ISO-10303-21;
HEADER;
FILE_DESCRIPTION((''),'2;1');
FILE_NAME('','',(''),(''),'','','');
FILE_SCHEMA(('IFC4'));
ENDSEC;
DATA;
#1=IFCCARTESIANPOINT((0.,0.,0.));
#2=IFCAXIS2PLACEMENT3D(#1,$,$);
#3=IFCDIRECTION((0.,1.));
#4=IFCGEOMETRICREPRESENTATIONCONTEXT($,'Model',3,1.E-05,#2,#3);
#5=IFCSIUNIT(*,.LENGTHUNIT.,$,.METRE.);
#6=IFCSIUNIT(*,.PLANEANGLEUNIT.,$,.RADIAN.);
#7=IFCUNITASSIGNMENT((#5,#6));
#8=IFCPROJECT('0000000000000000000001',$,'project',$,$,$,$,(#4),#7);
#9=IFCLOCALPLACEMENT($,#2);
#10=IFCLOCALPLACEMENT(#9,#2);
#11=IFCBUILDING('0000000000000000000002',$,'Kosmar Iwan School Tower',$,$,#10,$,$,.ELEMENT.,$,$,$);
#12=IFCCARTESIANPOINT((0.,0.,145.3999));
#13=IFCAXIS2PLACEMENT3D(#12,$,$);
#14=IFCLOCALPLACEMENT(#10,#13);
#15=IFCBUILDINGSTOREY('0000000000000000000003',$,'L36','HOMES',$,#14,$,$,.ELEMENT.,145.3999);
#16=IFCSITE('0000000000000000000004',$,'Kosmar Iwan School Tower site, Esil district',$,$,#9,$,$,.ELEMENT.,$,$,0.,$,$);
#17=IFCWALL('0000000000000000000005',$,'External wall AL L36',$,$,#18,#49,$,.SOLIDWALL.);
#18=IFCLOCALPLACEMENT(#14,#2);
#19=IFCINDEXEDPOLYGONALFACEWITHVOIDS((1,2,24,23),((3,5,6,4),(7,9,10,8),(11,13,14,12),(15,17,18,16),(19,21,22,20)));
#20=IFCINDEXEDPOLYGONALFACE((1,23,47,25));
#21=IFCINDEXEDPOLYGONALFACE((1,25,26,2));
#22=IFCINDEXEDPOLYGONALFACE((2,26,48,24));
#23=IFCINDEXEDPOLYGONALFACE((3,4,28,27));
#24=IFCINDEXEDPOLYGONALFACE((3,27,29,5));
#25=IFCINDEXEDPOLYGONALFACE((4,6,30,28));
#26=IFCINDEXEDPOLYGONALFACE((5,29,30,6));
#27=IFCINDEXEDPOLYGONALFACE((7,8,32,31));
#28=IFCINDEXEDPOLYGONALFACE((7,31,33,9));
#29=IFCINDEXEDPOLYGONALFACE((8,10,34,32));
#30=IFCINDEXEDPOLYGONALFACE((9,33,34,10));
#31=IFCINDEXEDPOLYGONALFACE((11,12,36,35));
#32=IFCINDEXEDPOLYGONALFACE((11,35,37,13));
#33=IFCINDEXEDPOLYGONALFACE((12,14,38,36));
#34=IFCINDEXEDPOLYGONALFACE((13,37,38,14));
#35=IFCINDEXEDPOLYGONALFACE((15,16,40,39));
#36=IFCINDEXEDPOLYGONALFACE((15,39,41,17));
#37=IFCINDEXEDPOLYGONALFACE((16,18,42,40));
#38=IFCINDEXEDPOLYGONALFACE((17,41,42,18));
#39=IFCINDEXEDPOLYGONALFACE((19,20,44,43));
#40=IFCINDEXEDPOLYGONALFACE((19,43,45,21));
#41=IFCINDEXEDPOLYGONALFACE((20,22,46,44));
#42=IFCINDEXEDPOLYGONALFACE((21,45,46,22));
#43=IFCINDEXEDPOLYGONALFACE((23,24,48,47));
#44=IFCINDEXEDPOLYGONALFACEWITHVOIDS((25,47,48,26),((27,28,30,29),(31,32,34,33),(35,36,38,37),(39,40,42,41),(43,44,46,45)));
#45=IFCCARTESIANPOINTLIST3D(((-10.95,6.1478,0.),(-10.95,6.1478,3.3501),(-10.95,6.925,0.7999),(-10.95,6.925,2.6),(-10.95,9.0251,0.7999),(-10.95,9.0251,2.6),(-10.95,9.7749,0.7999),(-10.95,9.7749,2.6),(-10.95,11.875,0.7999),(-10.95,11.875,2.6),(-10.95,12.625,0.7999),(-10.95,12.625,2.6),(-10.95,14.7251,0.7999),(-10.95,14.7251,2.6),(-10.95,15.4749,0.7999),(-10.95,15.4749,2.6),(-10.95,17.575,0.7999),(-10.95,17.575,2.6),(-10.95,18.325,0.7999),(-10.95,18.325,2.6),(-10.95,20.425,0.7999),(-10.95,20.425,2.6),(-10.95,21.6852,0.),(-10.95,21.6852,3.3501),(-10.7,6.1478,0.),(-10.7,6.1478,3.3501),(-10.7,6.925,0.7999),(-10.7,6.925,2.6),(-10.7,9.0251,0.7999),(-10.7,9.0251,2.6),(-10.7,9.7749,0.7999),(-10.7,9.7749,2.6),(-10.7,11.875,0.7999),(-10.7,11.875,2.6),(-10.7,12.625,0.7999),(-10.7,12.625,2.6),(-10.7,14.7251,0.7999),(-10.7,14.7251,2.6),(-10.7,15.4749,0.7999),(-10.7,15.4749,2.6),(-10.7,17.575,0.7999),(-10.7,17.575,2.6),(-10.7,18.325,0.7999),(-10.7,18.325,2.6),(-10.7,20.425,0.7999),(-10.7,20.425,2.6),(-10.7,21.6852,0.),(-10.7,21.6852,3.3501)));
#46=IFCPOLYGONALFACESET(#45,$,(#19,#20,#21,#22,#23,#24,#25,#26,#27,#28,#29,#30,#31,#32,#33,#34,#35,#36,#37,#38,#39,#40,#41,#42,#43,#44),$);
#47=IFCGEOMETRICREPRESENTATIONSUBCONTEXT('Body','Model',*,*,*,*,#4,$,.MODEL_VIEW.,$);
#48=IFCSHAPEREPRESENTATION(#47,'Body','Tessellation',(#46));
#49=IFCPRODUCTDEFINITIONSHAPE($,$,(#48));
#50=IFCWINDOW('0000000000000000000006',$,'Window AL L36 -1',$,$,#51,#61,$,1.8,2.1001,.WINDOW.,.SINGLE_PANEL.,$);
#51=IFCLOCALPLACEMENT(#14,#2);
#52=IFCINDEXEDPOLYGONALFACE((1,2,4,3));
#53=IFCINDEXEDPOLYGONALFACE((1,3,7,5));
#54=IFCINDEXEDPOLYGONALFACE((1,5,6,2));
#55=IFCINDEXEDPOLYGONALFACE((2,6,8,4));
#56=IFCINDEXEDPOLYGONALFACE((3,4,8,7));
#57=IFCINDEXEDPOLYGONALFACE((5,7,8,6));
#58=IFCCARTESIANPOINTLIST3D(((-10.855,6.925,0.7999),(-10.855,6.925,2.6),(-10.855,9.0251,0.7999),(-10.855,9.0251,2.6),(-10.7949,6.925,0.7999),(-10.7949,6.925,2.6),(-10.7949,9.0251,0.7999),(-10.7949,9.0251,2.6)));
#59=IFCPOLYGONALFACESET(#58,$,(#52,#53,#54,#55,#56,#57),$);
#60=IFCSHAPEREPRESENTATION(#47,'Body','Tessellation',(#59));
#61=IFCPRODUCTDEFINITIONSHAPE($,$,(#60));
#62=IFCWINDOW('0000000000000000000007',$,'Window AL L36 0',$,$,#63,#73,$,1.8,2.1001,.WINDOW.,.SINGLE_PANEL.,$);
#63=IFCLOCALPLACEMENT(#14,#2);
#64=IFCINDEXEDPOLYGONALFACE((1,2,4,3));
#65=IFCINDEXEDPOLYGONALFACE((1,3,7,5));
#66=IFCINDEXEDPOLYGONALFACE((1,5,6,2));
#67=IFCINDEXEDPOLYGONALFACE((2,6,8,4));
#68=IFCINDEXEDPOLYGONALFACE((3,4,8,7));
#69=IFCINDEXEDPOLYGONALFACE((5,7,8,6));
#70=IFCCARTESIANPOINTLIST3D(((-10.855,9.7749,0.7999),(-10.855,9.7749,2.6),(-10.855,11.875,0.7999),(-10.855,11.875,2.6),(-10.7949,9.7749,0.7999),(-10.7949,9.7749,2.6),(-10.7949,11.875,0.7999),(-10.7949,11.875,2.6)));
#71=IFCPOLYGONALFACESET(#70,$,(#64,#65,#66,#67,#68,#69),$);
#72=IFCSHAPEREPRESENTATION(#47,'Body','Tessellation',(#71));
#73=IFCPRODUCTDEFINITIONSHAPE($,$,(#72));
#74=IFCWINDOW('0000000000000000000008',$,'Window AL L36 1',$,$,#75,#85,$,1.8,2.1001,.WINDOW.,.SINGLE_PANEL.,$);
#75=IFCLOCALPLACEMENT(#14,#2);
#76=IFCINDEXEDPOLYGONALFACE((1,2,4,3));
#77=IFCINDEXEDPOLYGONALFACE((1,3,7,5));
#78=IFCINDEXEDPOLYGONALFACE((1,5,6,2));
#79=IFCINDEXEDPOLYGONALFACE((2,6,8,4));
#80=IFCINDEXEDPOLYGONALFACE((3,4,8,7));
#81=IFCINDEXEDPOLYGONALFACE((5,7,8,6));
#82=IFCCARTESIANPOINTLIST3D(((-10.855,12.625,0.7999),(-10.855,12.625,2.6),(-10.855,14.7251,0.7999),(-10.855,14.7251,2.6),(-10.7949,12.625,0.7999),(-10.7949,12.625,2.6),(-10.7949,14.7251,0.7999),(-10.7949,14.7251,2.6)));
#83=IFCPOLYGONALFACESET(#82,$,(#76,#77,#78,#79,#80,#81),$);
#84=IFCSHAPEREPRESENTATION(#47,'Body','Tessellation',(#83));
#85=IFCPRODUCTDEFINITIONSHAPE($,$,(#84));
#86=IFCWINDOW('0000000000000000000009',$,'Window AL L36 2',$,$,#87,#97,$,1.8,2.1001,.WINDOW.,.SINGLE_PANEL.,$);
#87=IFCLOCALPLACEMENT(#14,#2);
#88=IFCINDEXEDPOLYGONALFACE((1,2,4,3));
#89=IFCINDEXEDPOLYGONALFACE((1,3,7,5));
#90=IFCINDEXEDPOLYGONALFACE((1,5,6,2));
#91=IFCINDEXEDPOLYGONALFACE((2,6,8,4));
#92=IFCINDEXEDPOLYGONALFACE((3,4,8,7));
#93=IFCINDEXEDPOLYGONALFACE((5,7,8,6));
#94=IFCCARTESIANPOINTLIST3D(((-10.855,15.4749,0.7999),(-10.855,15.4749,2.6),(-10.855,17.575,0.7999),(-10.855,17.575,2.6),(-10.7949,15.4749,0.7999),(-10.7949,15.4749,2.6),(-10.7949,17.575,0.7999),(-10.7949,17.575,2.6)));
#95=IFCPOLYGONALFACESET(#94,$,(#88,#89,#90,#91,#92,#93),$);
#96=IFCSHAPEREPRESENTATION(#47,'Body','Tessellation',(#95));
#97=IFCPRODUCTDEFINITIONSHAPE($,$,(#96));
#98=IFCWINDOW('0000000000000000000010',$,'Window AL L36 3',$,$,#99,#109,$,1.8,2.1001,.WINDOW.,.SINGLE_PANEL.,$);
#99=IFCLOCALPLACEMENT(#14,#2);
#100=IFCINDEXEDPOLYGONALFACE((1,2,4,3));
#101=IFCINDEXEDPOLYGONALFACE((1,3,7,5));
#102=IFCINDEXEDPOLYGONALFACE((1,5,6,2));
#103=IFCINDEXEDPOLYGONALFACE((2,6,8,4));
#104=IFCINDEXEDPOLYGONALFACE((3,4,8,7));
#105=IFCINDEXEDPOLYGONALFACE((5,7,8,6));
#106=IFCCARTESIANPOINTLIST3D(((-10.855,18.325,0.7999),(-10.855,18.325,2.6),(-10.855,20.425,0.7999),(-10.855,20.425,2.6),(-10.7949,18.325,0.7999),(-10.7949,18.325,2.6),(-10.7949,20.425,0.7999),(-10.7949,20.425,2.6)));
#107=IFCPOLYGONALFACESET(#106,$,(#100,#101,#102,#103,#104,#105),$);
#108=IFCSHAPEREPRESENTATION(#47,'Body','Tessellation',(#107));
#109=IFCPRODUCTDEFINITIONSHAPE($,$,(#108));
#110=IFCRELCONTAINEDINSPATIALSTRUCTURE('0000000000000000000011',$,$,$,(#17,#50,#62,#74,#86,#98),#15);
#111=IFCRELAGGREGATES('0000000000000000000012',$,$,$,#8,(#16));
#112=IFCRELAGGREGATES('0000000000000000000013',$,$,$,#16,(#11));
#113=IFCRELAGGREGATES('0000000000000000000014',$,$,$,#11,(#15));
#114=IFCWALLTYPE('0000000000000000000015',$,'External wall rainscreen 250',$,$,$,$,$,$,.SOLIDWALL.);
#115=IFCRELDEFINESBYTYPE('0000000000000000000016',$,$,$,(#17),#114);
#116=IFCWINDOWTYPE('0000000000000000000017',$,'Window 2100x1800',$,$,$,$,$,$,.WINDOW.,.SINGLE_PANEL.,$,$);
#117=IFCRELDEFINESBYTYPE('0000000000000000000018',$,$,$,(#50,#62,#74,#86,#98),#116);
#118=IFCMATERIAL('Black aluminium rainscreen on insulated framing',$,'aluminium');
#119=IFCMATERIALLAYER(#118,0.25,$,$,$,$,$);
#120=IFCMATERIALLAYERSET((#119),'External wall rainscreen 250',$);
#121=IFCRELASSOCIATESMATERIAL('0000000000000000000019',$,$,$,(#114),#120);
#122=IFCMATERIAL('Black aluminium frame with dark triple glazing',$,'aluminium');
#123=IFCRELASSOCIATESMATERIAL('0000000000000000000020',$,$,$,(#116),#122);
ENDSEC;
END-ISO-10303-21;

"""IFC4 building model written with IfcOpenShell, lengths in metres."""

from ifc_helpers import new_model, si_unit, direction, frame, frame_2d, origin, place, context, subcontext, project, spatial, rectangle, extrude, material, layer, layer_set, type_object, element, fill, save


model = new_model("IFC4")

# Units and contexts
model_context = context("Model", 3, precision=1e-05, world=origin(), true_north=direction((0.0, 1.0)))
body_context = subcontext(model_context, "Body", "Model", "MODEL_VIEW")
ifc_project = project(units=[si_unit("LENGTHUNIT", "METRE"), si_unit("PLANEANGLEUNIT", "RADIAN")], contexts=[model_context])

# Site, building, storey
site_placement = place(None, origin())
site = spatial("IfcSite", under=ifc_project, at=site_placement, Name="Kosmar Iwan School Tower site, Esil district", CompositionType="ELEMENT", RefElevation=0.0)
building_placement = place(site_placement, origin())
building = spatial("IfcBuilding", under=site, at=building_placement, Name="Kosmar Iwan School Tower", CompositionType="ELEMENT")
storey_placement = place(building_placement, frame((0.0, 0.0, 145.3999)))
storey = spatial("IfcBuildingStorey", under=building, at=storey_placement, Name="L36", Description="HOMES", CompositionType="ELEMENT", Elevation=145.3999)

# Wall, openings, windows
ifc_material_1 = material(Name="Black aluminium rainscreen on insulated framing", Category="aluminium")
ifc_layer_1 = layer(ifc_material_1, 0.25)
ifc_layer_set_1 = layer_set([ifc_layer_1], Name="External wall rainscreen 250")
wall_type_1 = type_object("IfcWallType", Name="External wall rainscreen 250", PredefinedType="SOLIDWALL", material=ifc_layer_set_1)
wall_1_placement = place(storey_placement, frame((-10.825, 6.1479, 0.0), z_axis=(0.0, 0.0, 1.0), x_axis=(0.0, 1.0, 0.0)))
wall_1 = element("IfcWall", 1, at=wall_1_placement, inside=storey, type_object=wall_type_1, Name="External wall AL L36", PredefinedType="SOLIDWALL", context=body_context, shape_type="SweptSolid", body=[
    extrude(rectangle(XDim=15.5374, YDim=0.25, at=frame_2d((7.7686, 0.0))), origin(), (0.0, 0.0, 1.0), 3.3501),
])
opening_1_placement = place(wall_1_placement, frame((0.7771, 0.0, 0.8)))
opening_1 = element("IfcOpeningElement", 2, at=opening_1_placement, cuts=wall_1, PredefinedType="OPENING", context=body_context, shape_type="SweptSolid", body=[
    extrude(rectangle(XDim=2.1001, YDim=1.8, at=frame_2d((1.05, 0.8999))), frame((0.0, 0.137, 0.0), z_axis=(0.0, -1.0, 0.0), x_axis=(1.0, 0.0, 0.0)), (0.0, 0.0, 1.0), 0.2739),
])
opening_2_placement = place(wall_1_placement, frame((3.627, 0.0, 0.8)))
opening_2 = element("IfcOpeningElement", 3, at=opening_2_placement, cuts=wall_1, PredefinedType="OPENING", context=body_context, shape_type="SweptSolid", body=[
    extrude(rectangle(XDim=2.1001, YDim=1.8, at=frame_2d((1.05, 0.8999))), frame((0.0, 0.137, 0.0), z_axis=(0.0, -1.0, 0.0), x_axis=(1.0, 0.0, 0.0)), (0.0, 0.0, 1.0), 0.2739),
])
opening_3_placement = place(wall_1_placement, frame((6.4771, 0.0, 0.8)))
opening_3 = element("IfcOpeningElement", 4, at=opening_3_placement, cuts=wall_1, PredefinedType="OPENING", context=body_context, shape_type="SweptSolid", body=[
    extrude(rectangle(XDim=2.1001, YDim=1.8, at=frame_2d((1.05, 0.8999))), frame((0.0, 0.137, 0.0), z_axis=(0.0, -1.0, 0.0), x_axis=(1.0, 0.0, 0.0)), (0.0, 0.0, 1.0), 0.2739),
])
opening_4_placement = place(wall_1_placement, frame((9.3269, 0.0, 0.8)))
opening_4 = element("IfcOpeningElement", 5, at=opening_4_placement, cuts=wall_1, PredefinedType="OPENING", context=body_context, shape_type="SweptSolid", body=[
    extrude(rectangle(XDim=2.1001, YDim=1.8, at=frame_2d((1.05, 0.8999))), frame((0.0, 0.137, 0.0), z_axis=(0.0, -1.0, 0.0), x_axis=(1.0, 0.0, 0.0)), (0.0, 0.0, 1.0), 0.2739),
])
opening_5_placement = place(wall_1_placement, frame((12.177, 0.0, 0.8)))
opening_5 = element("IfcOpeningElement", 6, at=opening_5_placement, cuts=wall_1, PredefinedType="OPENING", context=body_context, shape_type="SweptSolid", body=[
    extrude(rectangle(XDim=2.1001, YDim=1.8, at=frame_2d((1.05, 0.8999))), frame((0.0, 0.137, 0.0), z_axis=(0.0, -1.0, 0.0), x_axis=(1.0, 0.0, 0.0)), (0.0, 0.0, 1.0), 0.2739),
])
ifc_material_2 = material(Name="Black aluminium frame with dark triple glazing", Category="aluminium")
window_type = type_object("IfcWindowType", Name="Window 2100x1800", PartitioningType="SINGLE_PANEL", PredefinedType="WINDOW", material=ifc_material_2)
window_1_placement = place(opening_1_placement, origin())
window_1 = element("IfcWindow", 7, at=window_1_placement, inside=storey, type_object=window_type, Name="Window AL L36 -1", OverallHeight=1.8, OverallWidth=2.1001, PartitioningType="SINGLE_PANEL", PredefinedType="WINDOW", context=body_context, shape_type="SweptSolid", body=[
    extrude(rectangle(XDim=2.1001, YDim=1.8, at=frame_2d((1.05, 0.8999))), frame((0.0, 0.03, 0.0), z_axis=(0.0, -1.0, 0.0), x_axis=(1.0, 0.0, 0.0)), (0.0, 0.0, 1.0), 0.0601),
])
fill(opening_1, window_1)
window_2_placement = place(opening_2_placement, origin())
window_2 = element("IfcWindow", 8, at=window_2_placement, inside=storey, type_object=window_type, Name="Window AL L36 0", OverallHeight=1.8, OverallWidth=2.1001, PartitioningType="SINGLE_PANEL", PredefinedType="WINDOW", context=body_context, shape_type="SweptSolid", body=[
    extrude(rectangle(XDim=2.1001, YDim=1.8, at=frame_2d((1.05, 0.8999))), frame((0.0, 0.03, 0.0), z_axis=(0.0, -1.0, 0.0), x_axis=(1.0, 0.0, 0.0)), (0.0, 0.0, 1.0), 0.0601),
])
fill(opening_2, window_2)
window_3_placement = place(opening_3_placement, origin())
window_3 = element("IfcWindow", 9, at=window_3_placement, inside=storey, type_object=window_type, Name="Window AL L36 1", OverallHeight=1.8, OverallWidth=2.1001, PartitioningType="SINGLE_PANEL", PredefinedType="WINDOW", context=body_context, shape_type="SweptSolid", body=[
    extrude(rectangle(XDim=2.1001, YDim=1.8, at=frame_2d((1.05, 0.8999))), frame((0.0, 0.03, 0.0), z_axis=(0.0, -1.0, 0.0), x_axis=(1.0, 0.0, 0.0)), (0.0, 0.0, 1.0), 0.0601),
])
fill(opening_3, window_3)
window_4_placement = place(opening_4_placement, origin())
window_4 = element("IfcWindow", 10, at=window_4_placement, inside=storey, type_object=window_type, Name="Window AL L36 2", OverallHeight=1.8, OverallWidth=2.1001, PartitioningType="SINGLE_PANEL", PredefinedType="WINDOW", context=body_context, shape_type="SweptSolid", body=[
    extrude(rectangle(XDim=2.1001, YDim=1.8, at=frame_2d((1.05, 0.8999))), frame((0.0, 0.03, 0.0), z_axis=(0.0, -1.0, 0.0), x_axis=(1.0, 0.0, 0.0)), (0.0, 0.0, 1.0), 0.0601),
])
fill(opening_4, window_4)
window_5_placement = place(opening_5_placement, origin())
window_5 = element("IfcWindow", 11, at=window_5_placement, inside=storey, type_object=window_type, Name="Window AL L36 3", OverallHeight=1.8, OverallWidth=2.1001, PartitioningType="SINGLE_PANEL", PredefinedType="WINDOW", context=body_context, shape_type="SweptSolid", body=[
    extrude(rectangle(XDim=2.1001, YDim=1.8, at=frame_2d((1.05, 0.8999))), frame((0.0, 0.03, 0.0), z_axis=(0.0, -1.0, 0.0), x_axis=(1.0, 0.0, 0.0)), (0.0, 0.0, 1.0), 0.0601),
])
fill(opening_5, window_5)

save(model, "model.ifc")
